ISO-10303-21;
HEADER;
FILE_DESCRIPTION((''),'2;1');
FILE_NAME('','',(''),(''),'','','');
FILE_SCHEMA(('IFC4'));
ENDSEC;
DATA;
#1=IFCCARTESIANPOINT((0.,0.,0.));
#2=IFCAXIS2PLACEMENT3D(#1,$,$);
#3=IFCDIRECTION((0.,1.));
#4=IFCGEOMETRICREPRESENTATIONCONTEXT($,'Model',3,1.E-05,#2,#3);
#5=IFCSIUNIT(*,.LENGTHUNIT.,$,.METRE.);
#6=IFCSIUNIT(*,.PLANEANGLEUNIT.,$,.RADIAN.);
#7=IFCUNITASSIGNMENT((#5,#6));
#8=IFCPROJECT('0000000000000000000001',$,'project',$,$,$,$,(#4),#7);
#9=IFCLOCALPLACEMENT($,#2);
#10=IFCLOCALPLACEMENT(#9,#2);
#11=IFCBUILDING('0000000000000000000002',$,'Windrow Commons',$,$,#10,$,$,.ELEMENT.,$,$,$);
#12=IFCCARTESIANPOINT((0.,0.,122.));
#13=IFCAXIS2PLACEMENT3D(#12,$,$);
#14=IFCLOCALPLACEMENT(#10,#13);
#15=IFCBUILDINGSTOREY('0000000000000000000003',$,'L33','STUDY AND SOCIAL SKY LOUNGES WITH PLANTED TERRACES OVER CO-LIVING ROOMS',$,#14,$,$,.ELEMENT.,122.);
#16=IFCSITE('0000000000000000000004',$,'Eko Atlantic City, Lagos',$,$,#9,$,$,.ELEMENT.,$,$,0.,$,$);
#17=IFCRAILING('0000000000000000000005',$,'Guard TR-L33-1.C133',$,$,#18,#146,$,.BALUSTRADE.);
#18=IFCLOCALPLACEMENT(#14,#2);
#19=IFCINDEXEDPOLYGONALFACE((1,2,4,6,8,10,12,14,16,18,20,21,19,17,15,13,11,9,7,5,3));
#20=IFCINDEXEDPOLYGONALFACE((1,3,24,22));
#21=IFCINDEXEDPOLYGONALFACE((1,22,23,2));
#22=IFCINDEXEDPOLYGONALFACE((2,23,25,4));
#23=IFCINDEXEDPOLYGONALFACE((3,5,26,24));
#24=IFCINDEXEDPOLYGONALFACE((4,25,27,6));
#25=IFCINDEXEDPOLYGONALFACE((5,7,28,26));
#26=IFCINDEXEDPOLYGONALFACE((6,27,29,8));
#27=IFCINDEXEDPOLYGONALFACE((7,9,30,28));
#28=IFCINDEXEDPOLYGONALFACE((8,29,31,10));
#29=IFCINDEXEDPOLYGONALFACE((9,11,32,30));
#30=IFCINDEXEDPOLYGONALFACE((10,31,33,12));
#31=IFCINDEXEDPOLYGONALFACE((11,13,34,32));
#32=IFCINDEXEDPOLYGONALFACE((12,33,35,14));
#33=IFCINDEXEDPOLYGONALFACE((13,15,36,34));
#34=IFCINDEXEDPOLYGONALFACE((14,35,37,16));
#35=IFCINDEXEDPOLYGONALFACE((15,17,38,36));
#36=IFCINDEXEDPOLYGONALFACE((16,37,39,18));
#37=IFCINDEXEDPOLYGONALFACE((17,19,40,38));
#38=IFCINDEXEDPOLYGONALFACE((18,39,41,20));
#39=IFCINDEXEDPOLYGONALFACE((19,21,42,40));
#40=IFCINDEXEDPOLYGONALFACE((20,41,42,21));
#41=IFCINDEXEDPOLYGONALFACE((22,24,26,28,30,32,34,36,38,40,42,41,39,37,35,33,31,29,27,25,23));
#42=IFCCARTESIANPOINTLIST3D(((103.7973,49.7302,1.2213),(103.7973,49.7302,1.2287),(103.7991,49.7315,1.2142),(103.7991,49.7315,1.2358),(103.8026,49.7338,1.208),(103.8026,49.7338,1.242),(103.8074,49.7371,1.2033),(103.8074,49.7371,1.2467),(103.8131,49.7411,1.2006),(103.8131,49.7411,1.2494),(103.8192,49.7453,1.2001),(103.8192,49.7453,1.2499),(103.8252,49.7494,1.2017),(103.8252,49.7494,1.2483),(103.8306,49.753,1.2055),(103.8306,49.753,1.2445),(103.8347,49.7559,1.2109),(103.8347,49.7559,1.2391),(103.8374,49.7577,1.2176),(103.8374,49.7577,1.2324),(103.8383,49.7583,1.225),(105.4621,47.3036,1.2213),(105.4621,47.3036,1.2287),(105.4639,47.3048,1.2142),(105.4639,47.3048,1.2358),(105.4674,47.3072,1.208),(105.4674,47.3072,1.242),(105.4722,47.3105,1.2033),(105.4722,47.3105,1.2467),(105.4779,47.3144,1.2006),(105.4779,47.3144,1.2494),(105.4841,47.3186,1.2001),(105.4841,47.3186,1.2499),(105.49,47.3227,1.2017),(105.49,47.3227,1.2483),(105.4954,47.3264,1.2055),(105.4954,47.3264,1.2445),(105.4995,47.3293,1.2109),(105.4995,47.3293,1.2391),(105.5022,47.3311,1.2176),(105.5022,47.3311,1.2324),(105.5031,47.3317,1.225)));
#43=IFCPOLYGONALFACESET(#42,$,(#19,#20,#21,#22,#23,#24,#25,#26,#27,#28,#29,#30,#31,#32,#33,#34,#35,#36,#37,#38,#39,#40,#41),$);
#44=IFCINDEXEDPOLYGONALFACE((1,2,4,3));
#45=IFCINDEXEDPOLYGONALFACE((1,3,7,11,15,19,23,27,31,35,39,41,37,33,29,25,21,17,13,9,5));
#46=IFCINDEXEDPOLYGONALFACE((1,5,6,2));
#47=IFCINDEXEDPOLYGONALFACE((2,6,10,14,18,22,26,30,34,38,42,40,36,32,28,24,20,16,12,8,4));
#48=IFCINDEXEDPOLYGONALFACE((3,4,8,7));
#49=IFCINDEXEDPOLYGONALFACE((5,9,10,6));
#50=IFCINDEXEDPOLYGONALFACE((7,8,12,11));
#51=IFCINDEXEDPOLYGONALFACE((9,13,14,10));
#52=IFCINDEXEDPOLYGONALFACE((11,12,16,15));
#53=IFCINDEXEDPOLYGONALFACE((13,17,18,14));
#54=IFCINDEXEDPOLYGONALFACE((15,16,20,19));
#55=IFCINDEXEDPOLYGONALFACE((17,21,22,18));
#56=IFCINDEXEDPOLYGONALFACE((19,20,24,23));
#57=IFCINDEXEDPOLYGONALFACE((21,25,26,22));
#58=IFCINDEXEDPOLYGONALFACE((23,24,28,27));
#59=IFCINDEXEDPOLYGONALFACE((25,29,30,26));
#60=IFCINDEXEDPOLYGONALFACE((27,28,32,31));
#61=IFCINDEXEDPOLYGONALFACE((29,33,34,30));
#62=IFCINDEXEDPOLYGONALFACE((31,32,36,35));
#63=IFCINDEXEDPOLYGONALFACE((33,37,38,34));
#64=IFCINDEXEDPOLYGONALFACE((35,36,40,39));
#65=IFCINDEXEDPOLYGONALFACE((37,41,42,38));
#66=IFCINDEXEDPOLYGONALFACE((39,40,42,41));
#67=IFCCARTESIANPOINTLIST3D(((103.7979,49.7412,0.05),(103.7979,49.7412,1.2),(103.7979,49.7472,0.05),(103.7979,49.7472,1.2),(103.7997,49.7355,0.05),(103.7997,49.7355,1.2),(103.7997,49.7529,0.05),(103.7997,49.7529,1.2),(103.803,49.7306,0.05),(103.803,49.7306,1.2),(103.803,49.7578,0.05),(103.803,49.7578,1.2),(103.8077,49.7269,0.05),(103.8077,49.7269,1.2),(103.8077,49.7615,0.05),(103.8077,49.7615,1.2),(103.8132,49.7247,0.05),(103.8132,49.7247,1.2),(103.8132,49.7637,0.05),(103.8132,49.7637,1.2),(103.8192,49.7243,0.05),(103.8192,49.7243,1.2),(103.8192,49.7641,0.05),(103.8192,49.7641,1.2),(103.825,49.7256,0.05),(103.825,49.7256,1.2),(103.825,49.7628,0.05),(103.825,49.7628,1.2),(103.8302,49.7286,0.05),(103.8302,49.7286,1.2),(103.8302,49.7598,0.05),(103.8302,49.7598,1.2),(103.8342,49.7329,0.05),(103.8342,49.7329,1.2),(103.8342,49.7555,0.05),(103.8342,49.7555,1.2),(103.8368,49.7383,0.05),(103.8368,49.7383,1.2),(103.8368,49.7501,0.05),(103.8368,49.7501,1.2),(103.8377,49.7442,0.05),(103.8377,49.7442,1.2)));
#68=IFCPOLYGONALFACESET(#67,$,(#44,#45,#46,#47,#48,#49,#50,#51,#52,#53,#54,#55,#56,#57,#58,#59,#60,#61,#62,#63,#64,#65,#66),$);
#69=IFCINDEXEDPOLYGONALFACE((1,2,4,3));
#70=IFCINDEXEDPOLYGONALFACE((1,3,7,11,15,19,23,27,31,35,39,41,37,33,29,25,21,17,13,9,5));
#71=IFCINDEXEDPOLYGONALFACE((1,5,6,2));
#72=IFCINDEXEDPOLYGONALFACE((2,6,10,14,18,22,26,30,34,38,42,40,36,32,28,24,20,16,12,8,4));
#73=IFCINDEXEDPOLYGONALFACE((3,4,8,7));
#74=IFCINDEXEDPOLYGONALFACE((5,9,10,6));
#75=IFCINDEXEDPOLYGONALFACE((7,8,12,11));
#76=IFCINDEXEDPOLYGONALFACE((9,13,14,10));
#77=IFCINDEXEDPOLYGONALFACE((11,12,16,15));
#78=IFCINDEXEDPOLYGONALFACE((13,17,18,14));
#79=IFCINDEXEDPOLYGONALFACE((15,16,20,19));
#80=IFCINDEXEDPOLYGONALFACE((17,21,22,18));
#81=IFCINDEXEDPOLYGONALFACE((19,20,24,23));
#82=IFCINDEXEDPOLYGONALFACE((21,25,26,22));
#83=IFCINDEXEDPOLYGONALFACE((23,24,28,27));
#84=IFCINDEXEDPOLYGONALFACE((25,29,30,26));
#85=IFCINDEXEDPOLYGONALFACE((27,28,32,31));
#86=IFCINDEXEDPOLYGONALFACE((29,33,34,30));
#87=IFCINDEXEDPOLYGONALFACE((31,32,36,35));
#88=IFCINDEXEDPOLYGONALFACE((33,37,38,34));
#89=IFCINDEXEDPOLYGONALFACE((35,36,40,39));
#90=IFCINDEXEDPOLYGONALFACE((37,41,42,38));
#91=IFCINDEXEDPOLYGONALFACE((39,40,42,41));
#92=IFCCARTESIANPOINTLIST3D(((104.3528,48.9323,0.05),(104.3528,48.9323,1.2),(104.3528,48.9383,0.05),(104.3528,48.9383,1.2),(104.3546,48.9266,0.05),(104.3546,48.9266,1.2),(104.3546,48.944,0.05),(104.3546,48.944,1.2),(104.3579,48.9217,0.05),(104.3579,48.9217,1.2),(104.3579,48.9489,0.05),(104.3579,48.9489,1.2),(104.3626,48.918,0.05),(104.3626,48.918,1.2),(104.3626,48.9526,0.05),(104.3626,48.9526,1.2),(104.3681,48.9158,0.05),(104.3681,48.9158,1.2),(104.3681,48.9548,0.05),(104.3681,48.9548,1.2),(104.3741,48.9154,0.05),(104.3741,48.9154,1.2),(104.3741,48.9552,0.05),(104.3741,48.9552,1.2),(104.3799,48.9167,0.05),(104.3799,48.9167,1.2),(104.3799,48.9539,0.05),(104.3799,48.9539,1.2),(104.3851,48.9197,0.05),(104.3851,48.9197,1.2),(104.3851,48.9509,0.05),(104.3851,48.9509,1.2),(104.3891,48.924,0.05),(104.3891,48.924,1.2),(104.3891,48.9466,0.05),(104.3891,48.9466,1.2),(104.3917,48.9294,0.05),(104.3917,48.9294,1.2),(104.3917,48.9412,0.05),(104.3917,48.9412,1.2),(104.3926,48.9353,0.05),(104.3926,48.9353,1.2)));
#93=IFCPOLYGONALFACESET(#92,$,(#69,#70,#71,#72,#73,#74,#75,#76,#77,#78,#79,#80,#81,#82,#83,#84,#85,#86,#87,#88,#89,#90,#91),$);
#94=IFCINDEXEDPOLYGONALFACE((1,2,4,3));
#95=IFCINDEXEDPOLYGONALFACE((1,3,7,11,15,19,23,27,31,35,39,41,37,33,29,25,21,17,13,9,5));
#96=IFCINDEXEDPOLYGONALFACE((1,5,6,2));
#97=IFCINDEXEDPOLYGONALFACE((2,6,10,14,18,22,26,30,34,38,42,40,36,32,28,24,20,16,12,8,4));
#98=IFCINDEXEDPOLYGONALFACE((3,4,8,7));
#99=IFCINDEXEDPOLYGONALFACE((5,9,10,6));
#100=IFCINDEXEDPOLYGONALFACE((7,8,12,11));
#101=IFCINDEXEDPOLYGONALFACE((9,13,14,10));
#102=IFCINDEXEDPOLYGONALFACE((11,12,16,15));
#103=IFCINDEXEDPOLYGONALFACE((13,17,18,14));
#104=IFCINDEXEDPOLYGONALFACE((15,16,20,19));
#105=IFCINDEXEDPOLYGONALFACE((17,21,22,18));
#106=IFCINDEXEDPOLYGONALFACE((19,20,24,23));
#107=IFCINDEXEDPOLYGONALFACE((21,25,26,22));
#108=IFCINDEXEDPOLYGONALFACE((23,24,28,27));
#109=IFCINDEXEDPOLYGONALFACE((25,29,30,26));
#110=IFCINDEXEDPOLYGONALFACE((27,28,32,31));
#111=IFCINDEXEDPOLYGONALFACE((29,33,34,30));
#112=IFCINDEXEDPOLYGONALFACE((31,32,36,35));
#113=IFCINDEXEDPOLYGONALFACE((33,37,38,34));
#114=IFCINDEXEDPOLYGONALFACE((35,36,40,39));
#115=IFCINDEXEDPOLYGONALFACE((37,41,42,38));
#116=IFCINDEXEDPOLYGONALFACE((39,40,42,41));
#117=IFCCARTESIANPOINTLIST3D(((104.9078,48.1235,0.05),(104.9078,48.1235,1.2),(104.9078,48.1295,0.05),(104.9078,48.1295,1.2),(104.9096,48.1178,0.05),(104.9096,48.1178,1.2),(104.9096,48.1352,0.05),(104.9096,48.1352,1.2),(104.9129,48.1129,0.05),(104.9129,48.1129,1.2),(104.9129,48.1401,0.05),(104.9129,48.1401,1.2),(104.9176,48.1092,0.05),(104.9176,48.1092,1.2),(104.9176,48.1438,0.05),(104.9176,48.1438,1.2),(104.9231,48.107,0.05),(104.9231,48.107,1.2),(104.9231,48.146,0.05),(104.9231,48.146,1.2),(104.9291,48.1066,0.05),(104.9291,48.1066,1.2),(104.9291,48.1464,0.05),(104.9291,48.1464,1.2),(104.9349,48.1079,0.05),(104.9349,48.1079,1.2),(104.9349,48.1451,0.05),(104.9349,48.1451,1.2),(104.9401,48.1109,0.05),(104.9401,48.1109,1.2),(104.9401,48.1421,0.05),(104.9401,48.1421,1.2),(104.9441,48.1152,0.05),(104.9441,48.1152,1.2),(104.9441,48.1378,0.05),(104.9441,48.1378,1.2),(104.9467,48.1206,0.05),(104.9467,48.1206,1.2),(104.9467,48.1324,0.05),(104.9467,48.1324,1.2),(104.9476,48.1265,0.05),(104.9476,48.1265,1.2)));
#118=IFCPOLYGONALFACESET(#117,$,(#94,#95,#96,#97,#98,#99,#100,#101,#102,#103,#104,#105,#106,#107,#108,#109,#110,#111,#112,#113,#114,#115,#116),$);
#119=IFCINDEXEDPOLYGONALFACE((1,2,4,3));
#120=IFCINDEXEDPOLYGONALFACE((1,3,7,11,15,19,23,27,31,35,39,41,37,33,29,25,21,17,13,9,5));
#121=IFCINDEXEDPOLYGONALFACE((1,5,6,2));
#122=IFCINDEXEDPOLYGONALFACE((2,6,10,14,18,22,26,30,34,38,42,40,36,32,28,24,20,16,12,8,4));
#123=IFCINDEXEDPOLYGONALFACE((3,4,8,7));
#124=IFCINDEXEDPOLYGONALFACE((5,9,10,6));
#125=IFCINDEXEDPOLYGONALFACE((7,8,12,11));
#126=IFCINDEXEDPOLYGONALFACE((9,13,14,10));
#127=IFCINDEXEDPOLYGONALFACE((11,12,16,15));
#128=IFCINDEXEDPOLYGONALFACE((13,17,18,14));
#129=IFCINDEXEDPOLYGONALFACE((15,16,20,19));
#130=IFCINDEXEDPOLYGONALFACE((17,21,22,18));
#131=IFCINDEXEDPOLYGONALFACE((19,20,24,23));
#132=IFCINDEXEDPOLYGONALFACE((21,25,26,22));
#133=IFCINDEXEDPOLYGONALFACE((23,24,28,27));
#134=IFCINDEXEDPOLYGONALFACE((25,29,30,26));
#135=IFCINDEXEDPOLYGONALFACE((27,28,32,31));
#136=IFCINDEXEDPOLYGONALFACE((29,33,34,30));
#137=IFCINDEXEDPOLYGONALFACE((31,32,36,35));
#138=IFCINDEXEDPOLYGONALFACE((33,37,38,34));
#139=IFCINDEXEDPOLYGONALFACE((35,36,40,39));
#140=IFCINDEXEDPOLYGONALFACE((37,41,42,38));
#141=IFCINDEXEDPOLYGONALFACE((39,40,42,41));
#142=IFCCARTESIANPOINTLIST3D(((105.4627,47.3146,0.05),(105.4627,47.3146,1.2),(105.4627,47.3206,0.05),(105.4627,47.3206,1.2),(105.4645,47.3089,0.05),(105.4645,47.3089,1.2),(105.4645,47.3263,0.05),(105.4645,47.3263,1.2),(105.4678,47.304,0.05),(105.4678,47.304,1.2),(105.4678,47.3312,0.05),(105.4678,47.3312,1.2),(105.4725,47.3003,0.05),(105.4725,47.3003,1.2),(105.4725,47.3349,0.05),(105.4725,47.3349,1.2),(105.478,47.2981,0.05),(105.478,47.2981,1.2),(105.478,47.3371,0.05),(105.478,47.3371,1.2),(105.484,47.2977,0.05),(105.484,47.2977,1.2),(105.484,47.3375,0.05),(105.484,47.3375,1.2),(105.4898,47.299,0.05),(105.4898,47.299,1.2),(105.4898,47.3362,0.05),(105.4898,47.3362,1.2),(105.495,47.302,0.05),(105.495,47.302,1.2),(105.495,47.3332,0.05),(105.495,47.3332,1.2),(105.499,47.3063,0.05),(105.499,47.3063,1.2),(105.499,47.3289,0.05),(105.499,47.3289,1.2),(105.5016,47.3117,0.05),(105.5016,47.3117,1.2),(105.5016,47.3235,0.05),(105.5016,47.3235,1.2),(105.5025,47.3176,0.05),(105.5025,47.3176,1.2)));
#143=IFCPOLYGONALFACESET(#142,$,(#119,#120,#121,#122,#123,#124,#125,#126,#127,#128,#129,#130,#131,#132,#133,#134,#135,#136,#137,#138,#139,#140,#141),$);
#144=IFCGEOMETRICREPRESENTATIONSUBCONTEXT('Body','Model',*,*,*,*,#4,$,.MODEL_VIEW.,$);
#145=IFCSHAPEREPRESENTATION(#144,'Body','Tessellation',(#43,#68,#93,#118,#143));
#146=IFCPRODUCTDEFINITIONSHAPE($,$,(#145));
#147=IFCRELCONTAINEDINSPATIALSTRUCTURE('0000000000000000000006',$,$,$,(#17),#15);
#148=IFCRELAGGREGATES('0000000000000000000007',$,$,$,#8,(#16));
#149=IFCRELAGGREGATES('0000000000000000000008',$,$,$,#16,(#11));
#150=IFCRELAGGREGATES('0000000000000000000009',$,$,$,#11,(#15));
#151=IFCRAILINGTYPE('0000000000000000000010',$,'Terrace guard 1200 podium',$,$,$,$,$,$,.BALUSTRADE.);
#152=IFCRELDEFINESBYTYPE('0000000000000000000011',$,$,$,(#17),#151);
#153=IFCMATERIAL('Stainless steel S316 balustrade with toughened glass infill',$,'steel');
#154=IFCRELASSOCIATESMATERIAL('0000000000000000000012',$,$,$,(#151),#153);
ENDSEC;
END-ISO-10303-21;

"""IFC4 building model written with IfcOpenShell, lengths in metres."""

from ifc_helpers import new_model, si_unit, direction, frame, origin, origin_2d, place, context, subcontext, project, spatial, circle, extrude, material, type_object, element, save


model = new_model("IFC4")

# Units and contexts
model_context = context("Model", 3, precision=1e-05, world=origin(), true_north=direction((0.0, 1.0)))
body_context = subcontext(model_context, "Body", "Model", "MODEL_VIEW")
ifc_project = project(units=[si_unit("LENGTHUNIT", "METRE"), si_unit("PLANEANGLEUNIT", "RADIAN")], contexts=[model_context])

# Site, building, storey
site_placement = place(None, origin())
site = spatial("IfcSite", under=ifc_project, at=site_placement, Name="Eko Atlantic City, Lagos", CompositionType="ELEMENT", RefElevation=0.0)
building_placement = place(site_placement, origin())
building = spatial("IfcBuilding", under=site, at=building_placement, Name="Windrow Commons", CompositionType="ELEMENT")
storey_placement = place(building_placement, frame((0.0, 0.0, 122.0)))
storey = spatial("IfcBuildingStorey", under=building, at=storey_placement, Name="L33", Description="STUDY AND SOCIAL SKY LOUNGES WITH PLANTED TERRACES OVER CO-LIVING ROOMS", CompositionType="ELEMENT", Elevation=122.0)

# Railing
ifc_material_1 = material(Name="Stainless steel S316 balustrade with toughened glass infill", Category="steel")
railing_type_1 = type_object("IfcRailingType", Name="Terrace guard 1200 podium", PredefinedType="BALUSTRADE", material=ifc_material_1)
railing_1_placement = place(storey_placement, frame((103.8177, 49.7442, 0.05)))
element("IfcRailing", 1, at=railing_1_placement, inside=storey, type_object=railing_type_1, Name="Guard TR-L33-1.C133", PredefinedType="BALUSTRADE", context=body_context, shape_type="SweptSolid", body=[
    extrude(circle(Radius=0.025, at=origin_2d()), frame((0.0, 0.0, 1.175), z_axis=(0.565724, -0.824595, 0.0), x_axis=(0.824595, 0.565724, 0.0)), (0.0, 0.0, 1.0), 2.9428),
    extrude(circle(Radius=0.02, at=origin_2d()), origin(), (0.0, 0.0, 1.0), 1.15),
    extrude(circle(Radius=0.02, at=origin_2d()), frame((0.5549, -0.8089, 0.0)), (0.0, 0.0, 1.0), 1.15),
    extrude(circle(Radius=0.02, at=origin_2d()), frame((1.1099, -1.6177, 0.0)), (0.0, 0.0, 1.0), 1.15),
    extrude(circle(Radius=0.02, at=origin_2d()), frame((1.6648, -2.4266, 0.0)), (0.0, 0.0, 1.0), 1.15),
])

save(model, "model.ifc")
